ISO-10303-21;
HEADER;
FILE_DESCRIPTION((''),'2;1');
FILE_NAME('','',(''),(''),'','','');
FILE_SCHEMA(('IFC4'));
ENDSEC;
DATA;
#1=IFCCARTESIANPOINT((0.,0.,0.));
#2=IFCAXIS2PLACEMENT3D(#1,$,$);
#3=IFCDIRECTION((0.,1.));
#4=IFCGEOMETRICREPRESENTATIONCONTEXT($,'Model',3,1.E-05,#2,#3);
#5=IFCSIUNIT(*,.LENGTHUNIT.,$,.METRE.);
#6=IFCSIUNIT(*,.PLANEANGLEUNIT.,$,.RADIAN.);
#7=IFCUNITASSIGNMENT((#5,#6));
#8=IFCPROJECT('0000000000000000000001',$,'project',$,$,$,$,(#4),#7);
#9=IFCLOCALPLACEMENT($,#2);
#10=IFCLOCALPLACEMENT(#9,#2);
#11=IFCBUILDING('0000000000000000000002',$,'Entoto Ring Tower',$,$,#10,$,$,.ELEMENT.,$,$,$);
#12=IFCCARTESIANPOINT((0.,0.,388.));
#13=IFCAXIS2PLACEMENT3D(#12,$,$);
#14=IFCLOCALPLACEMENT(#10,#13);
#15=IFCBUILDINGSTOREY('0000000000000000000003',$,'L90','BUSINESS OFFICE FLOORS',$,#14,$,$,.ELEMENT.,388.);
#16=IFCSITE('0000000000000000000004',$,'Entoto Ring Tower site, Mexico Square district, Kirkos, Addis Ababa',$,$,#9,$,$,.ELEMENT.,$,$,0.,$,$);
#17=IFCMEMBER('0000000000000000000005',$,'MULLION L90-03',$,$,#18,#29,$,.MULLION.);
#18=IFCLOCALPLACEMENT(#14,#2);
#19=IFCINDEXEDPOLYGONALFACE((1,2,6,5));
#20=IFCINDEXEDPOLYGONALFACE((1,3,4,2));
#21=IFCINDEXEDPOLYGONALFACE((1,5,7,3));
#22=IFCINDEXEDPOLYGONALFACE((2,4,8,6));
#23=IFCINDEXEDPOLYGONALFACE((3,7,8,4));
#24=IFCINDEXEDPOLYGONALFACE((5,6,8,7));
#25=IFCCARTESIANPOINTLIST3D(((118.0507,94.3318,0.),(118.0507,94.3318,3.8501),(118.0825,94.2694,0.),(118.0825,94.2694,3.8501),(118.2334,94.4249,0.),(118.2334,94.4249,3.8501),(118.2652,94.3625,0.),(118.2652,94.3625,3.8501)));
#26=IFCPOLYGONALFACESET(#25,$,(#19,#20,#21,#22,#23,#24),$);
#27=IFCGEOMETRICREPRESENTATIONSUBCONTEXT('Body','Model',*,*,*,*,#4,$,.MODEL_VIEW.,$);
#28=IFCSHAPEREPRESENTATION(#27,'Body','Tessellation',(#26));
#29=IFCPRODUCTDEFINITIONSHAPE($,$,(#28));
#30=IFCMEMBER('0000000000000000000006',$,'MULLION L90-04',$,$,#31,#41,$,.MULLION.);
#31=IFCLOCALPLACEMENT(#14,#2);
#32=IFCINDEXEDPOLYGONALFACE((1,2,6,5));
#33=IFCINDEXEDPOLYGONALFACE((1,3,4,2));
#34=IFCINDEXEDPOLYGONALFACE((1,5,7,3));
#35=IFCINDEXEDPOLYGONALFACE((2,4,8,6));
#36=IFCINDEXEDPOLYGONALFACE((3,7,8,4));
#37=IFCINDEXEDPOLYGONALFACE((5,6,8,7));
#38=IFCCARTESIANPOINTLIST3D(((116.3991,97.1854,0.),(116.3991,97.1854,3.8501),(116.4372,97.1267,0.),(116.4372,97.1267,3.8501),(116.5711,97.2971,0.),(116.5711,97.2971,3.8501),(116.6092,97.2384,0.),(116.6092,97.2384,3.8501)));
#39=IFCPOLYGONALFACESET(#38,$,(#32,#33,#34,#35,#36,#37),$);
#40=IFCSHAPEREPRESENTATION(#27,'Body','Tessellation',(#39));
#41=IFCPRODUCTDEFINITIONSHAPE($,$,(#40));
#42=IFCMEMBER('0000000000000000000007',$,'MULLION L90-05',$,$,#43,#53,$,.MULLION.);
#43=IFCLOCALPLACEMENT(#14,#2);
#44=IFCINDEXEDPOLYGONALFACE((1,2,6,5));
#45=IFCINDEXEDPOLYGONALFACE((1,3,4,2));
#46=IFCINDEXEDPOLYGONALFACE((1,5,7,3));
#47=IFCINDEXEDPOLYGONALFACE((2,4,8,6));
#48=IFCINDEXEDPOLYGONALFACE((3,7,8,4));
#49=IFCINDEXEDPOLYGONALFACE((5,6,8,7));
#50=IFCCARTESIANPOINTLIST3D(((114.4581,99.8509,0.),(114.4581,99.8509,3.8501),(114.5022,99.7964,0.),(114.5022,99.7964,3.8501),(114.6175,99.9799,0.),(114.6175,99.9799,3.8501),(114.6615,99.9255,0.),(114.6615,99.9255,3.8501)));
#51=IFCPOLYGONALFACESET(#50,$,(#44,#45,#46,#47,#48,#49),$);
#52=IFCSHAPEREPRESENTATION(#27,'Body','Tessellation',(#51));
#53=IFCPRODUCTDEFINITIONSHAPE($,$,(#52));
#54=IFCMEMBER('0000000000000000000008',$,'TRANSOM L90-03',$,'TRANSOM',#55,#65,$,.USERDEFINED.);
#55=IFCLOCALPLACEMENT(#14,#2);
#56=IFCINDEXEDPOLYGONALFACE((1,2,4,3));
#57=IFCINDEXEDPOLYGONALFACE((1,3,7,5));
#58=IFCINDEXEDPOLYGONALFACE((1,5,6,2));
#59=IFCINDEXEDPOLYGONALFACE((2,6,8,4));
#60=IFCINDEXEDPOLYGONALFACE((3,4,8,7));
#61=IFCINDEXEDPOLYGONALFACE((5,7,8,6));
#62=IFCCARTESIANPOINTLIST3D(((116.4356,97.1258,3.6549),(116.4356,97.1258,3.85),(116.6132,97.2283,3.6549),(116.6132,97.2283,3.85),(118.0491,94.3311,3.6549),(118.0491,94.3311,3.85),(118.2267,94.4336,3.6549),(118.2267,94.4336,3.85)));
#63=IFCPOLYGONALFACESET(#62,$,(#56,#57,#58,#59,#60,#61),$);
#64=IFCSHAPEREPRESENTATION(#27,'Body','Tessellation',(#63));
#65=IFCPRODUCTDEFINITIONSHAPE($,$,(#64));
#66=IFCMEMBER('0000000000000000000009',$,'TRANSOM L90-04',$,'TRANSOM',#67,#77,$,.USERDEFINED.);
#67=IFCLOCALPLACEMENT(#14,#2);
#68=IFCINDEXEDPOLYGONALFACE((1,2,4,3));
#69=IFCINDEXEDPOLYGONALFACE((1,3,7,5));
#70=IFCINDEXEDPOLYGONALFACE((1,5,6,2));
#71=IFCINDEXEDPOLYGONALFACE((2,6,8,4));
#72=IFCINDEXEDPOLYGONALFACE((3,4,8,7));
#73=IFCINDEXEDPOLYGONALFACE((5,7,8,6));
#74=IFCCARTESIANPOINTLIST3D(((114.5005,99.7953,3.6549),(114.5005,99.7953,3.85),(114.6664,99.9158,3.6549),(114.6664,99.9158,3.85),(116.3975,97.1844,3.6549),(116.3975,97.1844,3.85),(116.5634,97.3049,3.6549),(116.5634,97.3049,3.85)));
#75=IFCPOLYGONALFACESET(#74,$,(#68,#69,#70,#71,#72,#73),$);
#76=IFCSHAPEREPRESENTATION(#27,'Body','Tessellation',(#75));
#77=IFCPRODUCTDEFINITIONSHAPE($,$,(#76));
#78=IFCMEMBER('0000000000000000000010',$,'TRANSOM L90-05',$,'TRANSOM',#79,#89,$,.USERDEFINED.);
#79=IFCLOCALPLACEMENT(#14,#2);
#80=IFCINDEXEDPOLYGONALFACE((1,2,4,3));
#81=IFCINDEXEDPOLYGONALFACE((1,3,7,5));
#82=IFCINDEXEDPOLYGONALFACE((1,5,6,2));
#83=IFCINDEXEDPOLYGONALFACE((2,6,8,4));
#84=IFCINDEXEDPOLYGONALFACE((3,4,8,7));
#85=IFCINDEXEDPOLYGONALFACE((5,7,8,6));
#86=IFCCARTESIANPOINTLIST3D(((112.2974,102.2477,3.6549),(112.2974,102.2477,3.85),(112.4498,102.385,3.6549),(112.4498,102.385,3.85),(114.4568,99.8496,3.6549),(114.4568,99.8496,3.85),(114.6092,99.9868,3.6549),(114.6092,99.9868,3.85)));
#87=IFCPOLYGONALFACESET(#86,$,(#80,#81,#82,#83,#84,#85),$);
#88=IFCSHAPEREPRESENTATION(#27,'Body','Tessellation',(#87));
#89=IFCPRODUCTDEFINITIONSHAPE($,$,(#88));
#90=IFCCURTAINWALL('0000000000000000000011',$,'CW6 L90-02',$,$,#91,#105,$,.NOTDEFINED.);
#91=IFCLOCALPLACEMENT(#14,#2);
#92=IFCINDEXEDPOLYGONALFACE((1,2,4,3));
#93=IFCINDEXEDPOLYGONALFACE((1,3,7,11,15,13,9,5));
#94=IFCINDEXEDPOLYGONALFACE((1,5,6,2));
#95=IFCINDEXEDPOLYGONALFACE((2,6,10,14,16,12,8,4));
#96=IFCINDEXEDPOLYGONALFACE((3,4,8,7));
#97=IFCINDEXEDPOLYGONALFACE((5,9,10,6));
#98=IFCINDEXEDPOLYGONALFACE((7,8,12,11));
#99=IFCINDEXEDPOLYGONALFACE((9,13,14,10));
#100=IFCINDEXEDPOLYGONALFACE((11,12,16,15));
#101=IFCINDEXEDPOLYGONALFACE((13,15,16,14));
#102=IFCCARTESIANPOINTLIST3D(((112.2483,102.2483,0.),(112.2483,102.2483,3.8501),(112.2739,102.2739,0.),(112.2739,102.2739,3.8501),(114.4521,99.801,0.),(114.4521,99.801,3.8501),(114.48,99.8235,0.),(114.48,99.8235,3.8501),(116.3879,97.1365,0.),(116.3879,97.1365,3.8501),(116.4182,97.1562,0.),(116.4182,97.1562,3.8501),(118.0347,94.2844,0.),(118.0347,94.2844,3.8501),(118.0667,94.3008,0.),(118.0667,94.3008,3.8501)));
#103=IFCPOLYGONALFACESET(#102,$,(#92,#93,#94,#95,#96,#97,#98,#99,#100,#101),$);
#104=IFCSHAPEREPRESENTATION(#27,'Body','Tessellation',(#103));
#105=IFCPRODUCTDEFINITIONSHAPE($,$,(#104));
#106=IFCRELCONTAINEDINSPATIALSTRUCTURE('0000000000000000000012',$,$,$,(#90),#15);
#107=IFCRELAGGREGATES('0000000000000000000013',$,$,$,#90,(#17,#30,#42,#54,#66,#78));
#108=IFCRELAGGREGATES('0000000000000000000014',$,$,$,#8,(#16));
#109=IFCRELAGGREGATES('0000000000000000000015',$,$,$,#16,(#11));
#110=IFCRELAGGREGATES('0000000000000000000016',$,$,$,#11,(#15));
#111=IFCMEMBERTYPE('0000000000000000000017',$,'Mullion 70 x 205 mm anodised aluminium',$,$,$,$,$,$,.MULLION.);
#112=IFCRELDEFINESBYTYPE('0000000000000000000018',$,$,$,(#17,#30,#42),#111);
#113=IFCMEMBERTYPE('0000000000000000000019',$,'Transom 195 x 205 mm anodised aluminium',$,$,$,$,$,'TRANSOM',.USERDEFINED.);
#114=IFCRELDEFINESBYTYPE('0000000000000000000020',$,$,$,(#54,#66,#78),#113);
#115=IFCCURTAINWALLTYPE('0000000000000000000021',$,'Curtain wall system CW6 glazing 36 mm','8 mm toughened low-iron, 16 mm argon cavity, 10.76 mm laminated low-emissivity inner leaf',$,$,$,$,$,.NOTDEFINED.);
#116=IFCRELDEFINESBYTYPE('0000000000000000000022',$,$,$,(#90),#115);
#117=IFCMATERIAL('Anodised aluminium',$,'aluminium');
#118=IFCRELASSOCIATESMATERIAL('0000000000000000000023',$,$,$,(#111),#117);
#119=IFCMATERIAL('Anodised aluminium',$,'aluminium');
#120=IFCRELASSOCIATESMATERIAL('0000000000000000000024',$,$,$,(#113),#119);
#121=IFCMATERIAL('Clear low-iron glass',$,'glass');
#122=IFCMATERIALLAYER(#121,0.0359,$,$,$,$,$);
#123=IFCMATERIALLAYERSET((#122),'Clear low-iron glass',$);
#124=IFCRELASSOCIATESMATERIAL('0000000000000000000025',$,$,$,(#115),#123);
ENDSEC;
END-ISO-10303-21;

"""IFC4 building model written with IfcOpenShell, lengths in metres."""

from ifc_helpers import new_model, si_unit, direction, frame, origin, origin_2d, place, context, subcontext, project, spatial, polyline, rectangle, outline, extrude, material, layer, layer_set, material_profile, profile_set, type_object, element, aggregate, save


model = new_model("IFC4")

# Units and contexts
model_context = context("Model", 3, precision=1e-05, world=origin(), true_north=direction((0.0, 1.0)))
body_context = subcontext(model_context, "Body", "Model", "MODEL_VIEW")
ifc_project = project(units=[si_unit("LENGTHUNIT", "METRE"), si_unit("PLANEANGLEUNIT", "RADIAN")], contexts=[model_context])

# Members
ifc_material_1 = material(Name="Anodised aluminium", Category="aluminium")
ifc_material_profile_1 = material_profile(ifc_material_1, rectangle(XDim=0.0701, YDim=0.2051, at=origin_2d()), Name="Mullion 70 x 205 mm anodised aluminium")
ifc_profile_set_1 = profile_set([ifc_material_profile_1], Name="Anodised aluminium")
member_type_1 = type_object("IfcMemberType", Name="Mullion 70 x 205 mm anodised aluminium", PredefinedType="MULLION", material=ifc_profile_set_1)
site_placement = place(None, origin())
building_placement = place(site_placement, origin())
storey_placement = place(building_placement, frame((0.0, 0.0, 388.0)))
member_1_placement = place(storey_placement, frame((118.158, 94.3472, 0.0), z_axis=(0.0, 0.0, 1.0), x_axis=(-0.45399, 0.891007, 0.0)))
member_1 = element("IfcMember", 1, at=member_1_placement, type_object=member_type_1, Name="MULLION L90-03", PredefinedType="MULLION", context=body_context, shape_type="SweptSolid", body=[
    extrude(rectangle(XDim=0.0701, YDim=0.2051, at=origin_2d()), origin(), (0.0, 0.0, 1.0), 3.8501),
])
member_2_placement = place(storey_placement, frame((116.5042, 97.2119, 0.0), z_axis=(0.0, 0.0, 1.0), x_axis=(-0.544639, 0.838671, 0.0)))
member_2 = element("IfcMember", 2, at=member_2_placement, type_object=member_type_1, Name="MULLION L90-04", PredefinedType="MULLION", context=body_context, shape_type="SweptSolid", body=[
    extrude(rectangle(XDim=0.0701, YDim=0.2051, at=origin_2d()), origin(), (0.0, 0.0, 1.0), 3.8501),
])
member_3_placement = place(storey_placement, frame((114.5598, 99.8882, 0.0), z_axis=(0.0, 0.0, 1.0), x_axis=(-0.62932, 0.777146, 0.0)))
member_3 = element("IfcMember", 3, at=member_3_placement, type_object=member_type_1, Name="MULLION L90-05", PredefinedType="MULLION", context=body_context, shape_type="SweptSolid", body=[
    extrude(rectangle(XDim=0.0701, YDim=0.2051, at=origin_2d()), origin(), (0.0, 0.0, 1.0), 3.8501),
])
ifc_material_2 = material(Name="Anodised aluminium", Category="aluminium")
ifc_material_profile_2 = material_profile(ifc_material_2, rectangle(XDim=0.2051, YDim=0.1951, at=origin_2d()), Name="Transom 195 x 205 mm anodised aluminium")
ifc_profile_set_2 = profile_set([ifc_material_profile_2], Name="Anodised aluminium")
member_type_2 = type_object("IfcMemberType", Name="Transom 195 x 205 mm anodised aluminium", ElementType="TRANSOM", PredefinedType="USERDEFINED", material=ifc_profile_set_2)
member_4_placement = place(storey_placement, frame((118.1379, 94.3823, 3.7524), z_axis=(-0.500004, 0.866023, 0.0), x_axis=(-0.866023, -0.500004, 0.0)))
member_4 = element("IfcMember", 4, at=member_4_placement, type_object=member_type_2, Name="TRANSOM L90-03", ObjectType="TRANSOM", PredefinedType="USERDEFINED", context=body_context, shape_type="SweptSolid", body=[
    extrude(rectangle(XDim=0.2051, YDim=0.1951, at=origin_2d()), origin(), (0.0, 0.0, 1.0), 3.2271),
])
member_5_placement = place(storey_placement, frame((116.4805, 97.2446, 3.7524), z_axis=(-0.587803, 0.809004, 0.0), x_axis=(-0.809004, -0.587803, 0.0)))
member_5 = element("IfcMember", 5, at=member_5_placement, type_object=member_type_2, Name="TRANSOM L90-04", ObjectType="TRANSOM", PredefinedType="USERDEFINED", context=body_context, shape_type="SweptSolid", body=[
    extrude(rectangle(XDim=0.2051, YDim=0.1951, at=origin_2d()), origin(), (0.0, 0.0, 1.0), 3.2273),
])
member_6_placement = place(storey_placement, frame((114.533, 99.9182, 3.7524), z_axis=(-0.669144, 0.743132, 0.0), x_axis=(-0.743132, -0.669144, 0.0)))
member_6 = element("IfcMember", 6, at=member_6_placement, type_object=member_type_2, Name="TRANSOM L90-05", ObjectType="TRANSOM", PredefinedType="USERDEFINED", context=body_context, shape_type="SweptSolid", body=[
    extrude(rectangle(XDim=0.2051, YDim=0.1951, at=origin_2d()), origin(), (0.0, 0.0, 1.0), 3.2271),
])

# Site, building, storey
site = spatial("IfcSite", under=ifc_project, at=site_placement, Name="Entoto Ring Tower site, Mexico Square district, Kirkos, Addis Ababa", CompositionType="ELEMENT", RefElevation=0.0)
building = spatial("IfcBuilding", under=site, at=building_placement, Name="Entoto Ring Tower", CompositionType="ELEMENT")
storey = spatial("IfcBuildingStorey", under=building, at=storey_placement, Name="L90", Description="BUSINESS OFFICE FLOORS", CompositionType="ELEMENT", Elevation=388.0)

# Curtain wall
ifc_material_3 = material(Name="Clear low-iron glass", Category="glass")
ifc_layer_1 = layer(ifc_material_3, 0.0359)
ifc_layer_set_1 = layer_set([ifc_layer_1], Name="Clear low-iron glass")
curtain_wall_type = type_object("IfcCurtainWallType", Name="Curtain wall system CW6 glazing 36 mm", Description="8 mm toughened low-iron, 16 mm argon cavity, 10.76 mm laminated low-emissivity inner leaf", PredefinedType="NOTDEFINED", material=ifc_layer_set_1)
curtain_wall_1_placement = place(storey_placement, origin())
curtain_wall_1 = element("IfcCurtainWall", 7, at=curtain_wall_1_placement, inside=storey, type_object=curtain_wall_type, Name="CW6 L90-02", PredefinedType="NOTDEFINED", context=body_context, shape_type="SweptSolid", body=[
    extrude(outline(polyline([(118.0667, 94.3008), (116.4182, 97.1562), (114.48, 99.8235), (112.2739, 102.2739), (112.2483, 102.2483), (114.4521, 99.801), (116.3879, 97.1365), (118.0347, 94.2844), (118.0667, 94.3008)])), origin(), (0.0, 0.0, 1.0), 3.8501),
])
aggregate(curtain_wall_1, [member_1, member_2, member_3, member_4, member_5, member_6])

save(model, "model.ifc")
